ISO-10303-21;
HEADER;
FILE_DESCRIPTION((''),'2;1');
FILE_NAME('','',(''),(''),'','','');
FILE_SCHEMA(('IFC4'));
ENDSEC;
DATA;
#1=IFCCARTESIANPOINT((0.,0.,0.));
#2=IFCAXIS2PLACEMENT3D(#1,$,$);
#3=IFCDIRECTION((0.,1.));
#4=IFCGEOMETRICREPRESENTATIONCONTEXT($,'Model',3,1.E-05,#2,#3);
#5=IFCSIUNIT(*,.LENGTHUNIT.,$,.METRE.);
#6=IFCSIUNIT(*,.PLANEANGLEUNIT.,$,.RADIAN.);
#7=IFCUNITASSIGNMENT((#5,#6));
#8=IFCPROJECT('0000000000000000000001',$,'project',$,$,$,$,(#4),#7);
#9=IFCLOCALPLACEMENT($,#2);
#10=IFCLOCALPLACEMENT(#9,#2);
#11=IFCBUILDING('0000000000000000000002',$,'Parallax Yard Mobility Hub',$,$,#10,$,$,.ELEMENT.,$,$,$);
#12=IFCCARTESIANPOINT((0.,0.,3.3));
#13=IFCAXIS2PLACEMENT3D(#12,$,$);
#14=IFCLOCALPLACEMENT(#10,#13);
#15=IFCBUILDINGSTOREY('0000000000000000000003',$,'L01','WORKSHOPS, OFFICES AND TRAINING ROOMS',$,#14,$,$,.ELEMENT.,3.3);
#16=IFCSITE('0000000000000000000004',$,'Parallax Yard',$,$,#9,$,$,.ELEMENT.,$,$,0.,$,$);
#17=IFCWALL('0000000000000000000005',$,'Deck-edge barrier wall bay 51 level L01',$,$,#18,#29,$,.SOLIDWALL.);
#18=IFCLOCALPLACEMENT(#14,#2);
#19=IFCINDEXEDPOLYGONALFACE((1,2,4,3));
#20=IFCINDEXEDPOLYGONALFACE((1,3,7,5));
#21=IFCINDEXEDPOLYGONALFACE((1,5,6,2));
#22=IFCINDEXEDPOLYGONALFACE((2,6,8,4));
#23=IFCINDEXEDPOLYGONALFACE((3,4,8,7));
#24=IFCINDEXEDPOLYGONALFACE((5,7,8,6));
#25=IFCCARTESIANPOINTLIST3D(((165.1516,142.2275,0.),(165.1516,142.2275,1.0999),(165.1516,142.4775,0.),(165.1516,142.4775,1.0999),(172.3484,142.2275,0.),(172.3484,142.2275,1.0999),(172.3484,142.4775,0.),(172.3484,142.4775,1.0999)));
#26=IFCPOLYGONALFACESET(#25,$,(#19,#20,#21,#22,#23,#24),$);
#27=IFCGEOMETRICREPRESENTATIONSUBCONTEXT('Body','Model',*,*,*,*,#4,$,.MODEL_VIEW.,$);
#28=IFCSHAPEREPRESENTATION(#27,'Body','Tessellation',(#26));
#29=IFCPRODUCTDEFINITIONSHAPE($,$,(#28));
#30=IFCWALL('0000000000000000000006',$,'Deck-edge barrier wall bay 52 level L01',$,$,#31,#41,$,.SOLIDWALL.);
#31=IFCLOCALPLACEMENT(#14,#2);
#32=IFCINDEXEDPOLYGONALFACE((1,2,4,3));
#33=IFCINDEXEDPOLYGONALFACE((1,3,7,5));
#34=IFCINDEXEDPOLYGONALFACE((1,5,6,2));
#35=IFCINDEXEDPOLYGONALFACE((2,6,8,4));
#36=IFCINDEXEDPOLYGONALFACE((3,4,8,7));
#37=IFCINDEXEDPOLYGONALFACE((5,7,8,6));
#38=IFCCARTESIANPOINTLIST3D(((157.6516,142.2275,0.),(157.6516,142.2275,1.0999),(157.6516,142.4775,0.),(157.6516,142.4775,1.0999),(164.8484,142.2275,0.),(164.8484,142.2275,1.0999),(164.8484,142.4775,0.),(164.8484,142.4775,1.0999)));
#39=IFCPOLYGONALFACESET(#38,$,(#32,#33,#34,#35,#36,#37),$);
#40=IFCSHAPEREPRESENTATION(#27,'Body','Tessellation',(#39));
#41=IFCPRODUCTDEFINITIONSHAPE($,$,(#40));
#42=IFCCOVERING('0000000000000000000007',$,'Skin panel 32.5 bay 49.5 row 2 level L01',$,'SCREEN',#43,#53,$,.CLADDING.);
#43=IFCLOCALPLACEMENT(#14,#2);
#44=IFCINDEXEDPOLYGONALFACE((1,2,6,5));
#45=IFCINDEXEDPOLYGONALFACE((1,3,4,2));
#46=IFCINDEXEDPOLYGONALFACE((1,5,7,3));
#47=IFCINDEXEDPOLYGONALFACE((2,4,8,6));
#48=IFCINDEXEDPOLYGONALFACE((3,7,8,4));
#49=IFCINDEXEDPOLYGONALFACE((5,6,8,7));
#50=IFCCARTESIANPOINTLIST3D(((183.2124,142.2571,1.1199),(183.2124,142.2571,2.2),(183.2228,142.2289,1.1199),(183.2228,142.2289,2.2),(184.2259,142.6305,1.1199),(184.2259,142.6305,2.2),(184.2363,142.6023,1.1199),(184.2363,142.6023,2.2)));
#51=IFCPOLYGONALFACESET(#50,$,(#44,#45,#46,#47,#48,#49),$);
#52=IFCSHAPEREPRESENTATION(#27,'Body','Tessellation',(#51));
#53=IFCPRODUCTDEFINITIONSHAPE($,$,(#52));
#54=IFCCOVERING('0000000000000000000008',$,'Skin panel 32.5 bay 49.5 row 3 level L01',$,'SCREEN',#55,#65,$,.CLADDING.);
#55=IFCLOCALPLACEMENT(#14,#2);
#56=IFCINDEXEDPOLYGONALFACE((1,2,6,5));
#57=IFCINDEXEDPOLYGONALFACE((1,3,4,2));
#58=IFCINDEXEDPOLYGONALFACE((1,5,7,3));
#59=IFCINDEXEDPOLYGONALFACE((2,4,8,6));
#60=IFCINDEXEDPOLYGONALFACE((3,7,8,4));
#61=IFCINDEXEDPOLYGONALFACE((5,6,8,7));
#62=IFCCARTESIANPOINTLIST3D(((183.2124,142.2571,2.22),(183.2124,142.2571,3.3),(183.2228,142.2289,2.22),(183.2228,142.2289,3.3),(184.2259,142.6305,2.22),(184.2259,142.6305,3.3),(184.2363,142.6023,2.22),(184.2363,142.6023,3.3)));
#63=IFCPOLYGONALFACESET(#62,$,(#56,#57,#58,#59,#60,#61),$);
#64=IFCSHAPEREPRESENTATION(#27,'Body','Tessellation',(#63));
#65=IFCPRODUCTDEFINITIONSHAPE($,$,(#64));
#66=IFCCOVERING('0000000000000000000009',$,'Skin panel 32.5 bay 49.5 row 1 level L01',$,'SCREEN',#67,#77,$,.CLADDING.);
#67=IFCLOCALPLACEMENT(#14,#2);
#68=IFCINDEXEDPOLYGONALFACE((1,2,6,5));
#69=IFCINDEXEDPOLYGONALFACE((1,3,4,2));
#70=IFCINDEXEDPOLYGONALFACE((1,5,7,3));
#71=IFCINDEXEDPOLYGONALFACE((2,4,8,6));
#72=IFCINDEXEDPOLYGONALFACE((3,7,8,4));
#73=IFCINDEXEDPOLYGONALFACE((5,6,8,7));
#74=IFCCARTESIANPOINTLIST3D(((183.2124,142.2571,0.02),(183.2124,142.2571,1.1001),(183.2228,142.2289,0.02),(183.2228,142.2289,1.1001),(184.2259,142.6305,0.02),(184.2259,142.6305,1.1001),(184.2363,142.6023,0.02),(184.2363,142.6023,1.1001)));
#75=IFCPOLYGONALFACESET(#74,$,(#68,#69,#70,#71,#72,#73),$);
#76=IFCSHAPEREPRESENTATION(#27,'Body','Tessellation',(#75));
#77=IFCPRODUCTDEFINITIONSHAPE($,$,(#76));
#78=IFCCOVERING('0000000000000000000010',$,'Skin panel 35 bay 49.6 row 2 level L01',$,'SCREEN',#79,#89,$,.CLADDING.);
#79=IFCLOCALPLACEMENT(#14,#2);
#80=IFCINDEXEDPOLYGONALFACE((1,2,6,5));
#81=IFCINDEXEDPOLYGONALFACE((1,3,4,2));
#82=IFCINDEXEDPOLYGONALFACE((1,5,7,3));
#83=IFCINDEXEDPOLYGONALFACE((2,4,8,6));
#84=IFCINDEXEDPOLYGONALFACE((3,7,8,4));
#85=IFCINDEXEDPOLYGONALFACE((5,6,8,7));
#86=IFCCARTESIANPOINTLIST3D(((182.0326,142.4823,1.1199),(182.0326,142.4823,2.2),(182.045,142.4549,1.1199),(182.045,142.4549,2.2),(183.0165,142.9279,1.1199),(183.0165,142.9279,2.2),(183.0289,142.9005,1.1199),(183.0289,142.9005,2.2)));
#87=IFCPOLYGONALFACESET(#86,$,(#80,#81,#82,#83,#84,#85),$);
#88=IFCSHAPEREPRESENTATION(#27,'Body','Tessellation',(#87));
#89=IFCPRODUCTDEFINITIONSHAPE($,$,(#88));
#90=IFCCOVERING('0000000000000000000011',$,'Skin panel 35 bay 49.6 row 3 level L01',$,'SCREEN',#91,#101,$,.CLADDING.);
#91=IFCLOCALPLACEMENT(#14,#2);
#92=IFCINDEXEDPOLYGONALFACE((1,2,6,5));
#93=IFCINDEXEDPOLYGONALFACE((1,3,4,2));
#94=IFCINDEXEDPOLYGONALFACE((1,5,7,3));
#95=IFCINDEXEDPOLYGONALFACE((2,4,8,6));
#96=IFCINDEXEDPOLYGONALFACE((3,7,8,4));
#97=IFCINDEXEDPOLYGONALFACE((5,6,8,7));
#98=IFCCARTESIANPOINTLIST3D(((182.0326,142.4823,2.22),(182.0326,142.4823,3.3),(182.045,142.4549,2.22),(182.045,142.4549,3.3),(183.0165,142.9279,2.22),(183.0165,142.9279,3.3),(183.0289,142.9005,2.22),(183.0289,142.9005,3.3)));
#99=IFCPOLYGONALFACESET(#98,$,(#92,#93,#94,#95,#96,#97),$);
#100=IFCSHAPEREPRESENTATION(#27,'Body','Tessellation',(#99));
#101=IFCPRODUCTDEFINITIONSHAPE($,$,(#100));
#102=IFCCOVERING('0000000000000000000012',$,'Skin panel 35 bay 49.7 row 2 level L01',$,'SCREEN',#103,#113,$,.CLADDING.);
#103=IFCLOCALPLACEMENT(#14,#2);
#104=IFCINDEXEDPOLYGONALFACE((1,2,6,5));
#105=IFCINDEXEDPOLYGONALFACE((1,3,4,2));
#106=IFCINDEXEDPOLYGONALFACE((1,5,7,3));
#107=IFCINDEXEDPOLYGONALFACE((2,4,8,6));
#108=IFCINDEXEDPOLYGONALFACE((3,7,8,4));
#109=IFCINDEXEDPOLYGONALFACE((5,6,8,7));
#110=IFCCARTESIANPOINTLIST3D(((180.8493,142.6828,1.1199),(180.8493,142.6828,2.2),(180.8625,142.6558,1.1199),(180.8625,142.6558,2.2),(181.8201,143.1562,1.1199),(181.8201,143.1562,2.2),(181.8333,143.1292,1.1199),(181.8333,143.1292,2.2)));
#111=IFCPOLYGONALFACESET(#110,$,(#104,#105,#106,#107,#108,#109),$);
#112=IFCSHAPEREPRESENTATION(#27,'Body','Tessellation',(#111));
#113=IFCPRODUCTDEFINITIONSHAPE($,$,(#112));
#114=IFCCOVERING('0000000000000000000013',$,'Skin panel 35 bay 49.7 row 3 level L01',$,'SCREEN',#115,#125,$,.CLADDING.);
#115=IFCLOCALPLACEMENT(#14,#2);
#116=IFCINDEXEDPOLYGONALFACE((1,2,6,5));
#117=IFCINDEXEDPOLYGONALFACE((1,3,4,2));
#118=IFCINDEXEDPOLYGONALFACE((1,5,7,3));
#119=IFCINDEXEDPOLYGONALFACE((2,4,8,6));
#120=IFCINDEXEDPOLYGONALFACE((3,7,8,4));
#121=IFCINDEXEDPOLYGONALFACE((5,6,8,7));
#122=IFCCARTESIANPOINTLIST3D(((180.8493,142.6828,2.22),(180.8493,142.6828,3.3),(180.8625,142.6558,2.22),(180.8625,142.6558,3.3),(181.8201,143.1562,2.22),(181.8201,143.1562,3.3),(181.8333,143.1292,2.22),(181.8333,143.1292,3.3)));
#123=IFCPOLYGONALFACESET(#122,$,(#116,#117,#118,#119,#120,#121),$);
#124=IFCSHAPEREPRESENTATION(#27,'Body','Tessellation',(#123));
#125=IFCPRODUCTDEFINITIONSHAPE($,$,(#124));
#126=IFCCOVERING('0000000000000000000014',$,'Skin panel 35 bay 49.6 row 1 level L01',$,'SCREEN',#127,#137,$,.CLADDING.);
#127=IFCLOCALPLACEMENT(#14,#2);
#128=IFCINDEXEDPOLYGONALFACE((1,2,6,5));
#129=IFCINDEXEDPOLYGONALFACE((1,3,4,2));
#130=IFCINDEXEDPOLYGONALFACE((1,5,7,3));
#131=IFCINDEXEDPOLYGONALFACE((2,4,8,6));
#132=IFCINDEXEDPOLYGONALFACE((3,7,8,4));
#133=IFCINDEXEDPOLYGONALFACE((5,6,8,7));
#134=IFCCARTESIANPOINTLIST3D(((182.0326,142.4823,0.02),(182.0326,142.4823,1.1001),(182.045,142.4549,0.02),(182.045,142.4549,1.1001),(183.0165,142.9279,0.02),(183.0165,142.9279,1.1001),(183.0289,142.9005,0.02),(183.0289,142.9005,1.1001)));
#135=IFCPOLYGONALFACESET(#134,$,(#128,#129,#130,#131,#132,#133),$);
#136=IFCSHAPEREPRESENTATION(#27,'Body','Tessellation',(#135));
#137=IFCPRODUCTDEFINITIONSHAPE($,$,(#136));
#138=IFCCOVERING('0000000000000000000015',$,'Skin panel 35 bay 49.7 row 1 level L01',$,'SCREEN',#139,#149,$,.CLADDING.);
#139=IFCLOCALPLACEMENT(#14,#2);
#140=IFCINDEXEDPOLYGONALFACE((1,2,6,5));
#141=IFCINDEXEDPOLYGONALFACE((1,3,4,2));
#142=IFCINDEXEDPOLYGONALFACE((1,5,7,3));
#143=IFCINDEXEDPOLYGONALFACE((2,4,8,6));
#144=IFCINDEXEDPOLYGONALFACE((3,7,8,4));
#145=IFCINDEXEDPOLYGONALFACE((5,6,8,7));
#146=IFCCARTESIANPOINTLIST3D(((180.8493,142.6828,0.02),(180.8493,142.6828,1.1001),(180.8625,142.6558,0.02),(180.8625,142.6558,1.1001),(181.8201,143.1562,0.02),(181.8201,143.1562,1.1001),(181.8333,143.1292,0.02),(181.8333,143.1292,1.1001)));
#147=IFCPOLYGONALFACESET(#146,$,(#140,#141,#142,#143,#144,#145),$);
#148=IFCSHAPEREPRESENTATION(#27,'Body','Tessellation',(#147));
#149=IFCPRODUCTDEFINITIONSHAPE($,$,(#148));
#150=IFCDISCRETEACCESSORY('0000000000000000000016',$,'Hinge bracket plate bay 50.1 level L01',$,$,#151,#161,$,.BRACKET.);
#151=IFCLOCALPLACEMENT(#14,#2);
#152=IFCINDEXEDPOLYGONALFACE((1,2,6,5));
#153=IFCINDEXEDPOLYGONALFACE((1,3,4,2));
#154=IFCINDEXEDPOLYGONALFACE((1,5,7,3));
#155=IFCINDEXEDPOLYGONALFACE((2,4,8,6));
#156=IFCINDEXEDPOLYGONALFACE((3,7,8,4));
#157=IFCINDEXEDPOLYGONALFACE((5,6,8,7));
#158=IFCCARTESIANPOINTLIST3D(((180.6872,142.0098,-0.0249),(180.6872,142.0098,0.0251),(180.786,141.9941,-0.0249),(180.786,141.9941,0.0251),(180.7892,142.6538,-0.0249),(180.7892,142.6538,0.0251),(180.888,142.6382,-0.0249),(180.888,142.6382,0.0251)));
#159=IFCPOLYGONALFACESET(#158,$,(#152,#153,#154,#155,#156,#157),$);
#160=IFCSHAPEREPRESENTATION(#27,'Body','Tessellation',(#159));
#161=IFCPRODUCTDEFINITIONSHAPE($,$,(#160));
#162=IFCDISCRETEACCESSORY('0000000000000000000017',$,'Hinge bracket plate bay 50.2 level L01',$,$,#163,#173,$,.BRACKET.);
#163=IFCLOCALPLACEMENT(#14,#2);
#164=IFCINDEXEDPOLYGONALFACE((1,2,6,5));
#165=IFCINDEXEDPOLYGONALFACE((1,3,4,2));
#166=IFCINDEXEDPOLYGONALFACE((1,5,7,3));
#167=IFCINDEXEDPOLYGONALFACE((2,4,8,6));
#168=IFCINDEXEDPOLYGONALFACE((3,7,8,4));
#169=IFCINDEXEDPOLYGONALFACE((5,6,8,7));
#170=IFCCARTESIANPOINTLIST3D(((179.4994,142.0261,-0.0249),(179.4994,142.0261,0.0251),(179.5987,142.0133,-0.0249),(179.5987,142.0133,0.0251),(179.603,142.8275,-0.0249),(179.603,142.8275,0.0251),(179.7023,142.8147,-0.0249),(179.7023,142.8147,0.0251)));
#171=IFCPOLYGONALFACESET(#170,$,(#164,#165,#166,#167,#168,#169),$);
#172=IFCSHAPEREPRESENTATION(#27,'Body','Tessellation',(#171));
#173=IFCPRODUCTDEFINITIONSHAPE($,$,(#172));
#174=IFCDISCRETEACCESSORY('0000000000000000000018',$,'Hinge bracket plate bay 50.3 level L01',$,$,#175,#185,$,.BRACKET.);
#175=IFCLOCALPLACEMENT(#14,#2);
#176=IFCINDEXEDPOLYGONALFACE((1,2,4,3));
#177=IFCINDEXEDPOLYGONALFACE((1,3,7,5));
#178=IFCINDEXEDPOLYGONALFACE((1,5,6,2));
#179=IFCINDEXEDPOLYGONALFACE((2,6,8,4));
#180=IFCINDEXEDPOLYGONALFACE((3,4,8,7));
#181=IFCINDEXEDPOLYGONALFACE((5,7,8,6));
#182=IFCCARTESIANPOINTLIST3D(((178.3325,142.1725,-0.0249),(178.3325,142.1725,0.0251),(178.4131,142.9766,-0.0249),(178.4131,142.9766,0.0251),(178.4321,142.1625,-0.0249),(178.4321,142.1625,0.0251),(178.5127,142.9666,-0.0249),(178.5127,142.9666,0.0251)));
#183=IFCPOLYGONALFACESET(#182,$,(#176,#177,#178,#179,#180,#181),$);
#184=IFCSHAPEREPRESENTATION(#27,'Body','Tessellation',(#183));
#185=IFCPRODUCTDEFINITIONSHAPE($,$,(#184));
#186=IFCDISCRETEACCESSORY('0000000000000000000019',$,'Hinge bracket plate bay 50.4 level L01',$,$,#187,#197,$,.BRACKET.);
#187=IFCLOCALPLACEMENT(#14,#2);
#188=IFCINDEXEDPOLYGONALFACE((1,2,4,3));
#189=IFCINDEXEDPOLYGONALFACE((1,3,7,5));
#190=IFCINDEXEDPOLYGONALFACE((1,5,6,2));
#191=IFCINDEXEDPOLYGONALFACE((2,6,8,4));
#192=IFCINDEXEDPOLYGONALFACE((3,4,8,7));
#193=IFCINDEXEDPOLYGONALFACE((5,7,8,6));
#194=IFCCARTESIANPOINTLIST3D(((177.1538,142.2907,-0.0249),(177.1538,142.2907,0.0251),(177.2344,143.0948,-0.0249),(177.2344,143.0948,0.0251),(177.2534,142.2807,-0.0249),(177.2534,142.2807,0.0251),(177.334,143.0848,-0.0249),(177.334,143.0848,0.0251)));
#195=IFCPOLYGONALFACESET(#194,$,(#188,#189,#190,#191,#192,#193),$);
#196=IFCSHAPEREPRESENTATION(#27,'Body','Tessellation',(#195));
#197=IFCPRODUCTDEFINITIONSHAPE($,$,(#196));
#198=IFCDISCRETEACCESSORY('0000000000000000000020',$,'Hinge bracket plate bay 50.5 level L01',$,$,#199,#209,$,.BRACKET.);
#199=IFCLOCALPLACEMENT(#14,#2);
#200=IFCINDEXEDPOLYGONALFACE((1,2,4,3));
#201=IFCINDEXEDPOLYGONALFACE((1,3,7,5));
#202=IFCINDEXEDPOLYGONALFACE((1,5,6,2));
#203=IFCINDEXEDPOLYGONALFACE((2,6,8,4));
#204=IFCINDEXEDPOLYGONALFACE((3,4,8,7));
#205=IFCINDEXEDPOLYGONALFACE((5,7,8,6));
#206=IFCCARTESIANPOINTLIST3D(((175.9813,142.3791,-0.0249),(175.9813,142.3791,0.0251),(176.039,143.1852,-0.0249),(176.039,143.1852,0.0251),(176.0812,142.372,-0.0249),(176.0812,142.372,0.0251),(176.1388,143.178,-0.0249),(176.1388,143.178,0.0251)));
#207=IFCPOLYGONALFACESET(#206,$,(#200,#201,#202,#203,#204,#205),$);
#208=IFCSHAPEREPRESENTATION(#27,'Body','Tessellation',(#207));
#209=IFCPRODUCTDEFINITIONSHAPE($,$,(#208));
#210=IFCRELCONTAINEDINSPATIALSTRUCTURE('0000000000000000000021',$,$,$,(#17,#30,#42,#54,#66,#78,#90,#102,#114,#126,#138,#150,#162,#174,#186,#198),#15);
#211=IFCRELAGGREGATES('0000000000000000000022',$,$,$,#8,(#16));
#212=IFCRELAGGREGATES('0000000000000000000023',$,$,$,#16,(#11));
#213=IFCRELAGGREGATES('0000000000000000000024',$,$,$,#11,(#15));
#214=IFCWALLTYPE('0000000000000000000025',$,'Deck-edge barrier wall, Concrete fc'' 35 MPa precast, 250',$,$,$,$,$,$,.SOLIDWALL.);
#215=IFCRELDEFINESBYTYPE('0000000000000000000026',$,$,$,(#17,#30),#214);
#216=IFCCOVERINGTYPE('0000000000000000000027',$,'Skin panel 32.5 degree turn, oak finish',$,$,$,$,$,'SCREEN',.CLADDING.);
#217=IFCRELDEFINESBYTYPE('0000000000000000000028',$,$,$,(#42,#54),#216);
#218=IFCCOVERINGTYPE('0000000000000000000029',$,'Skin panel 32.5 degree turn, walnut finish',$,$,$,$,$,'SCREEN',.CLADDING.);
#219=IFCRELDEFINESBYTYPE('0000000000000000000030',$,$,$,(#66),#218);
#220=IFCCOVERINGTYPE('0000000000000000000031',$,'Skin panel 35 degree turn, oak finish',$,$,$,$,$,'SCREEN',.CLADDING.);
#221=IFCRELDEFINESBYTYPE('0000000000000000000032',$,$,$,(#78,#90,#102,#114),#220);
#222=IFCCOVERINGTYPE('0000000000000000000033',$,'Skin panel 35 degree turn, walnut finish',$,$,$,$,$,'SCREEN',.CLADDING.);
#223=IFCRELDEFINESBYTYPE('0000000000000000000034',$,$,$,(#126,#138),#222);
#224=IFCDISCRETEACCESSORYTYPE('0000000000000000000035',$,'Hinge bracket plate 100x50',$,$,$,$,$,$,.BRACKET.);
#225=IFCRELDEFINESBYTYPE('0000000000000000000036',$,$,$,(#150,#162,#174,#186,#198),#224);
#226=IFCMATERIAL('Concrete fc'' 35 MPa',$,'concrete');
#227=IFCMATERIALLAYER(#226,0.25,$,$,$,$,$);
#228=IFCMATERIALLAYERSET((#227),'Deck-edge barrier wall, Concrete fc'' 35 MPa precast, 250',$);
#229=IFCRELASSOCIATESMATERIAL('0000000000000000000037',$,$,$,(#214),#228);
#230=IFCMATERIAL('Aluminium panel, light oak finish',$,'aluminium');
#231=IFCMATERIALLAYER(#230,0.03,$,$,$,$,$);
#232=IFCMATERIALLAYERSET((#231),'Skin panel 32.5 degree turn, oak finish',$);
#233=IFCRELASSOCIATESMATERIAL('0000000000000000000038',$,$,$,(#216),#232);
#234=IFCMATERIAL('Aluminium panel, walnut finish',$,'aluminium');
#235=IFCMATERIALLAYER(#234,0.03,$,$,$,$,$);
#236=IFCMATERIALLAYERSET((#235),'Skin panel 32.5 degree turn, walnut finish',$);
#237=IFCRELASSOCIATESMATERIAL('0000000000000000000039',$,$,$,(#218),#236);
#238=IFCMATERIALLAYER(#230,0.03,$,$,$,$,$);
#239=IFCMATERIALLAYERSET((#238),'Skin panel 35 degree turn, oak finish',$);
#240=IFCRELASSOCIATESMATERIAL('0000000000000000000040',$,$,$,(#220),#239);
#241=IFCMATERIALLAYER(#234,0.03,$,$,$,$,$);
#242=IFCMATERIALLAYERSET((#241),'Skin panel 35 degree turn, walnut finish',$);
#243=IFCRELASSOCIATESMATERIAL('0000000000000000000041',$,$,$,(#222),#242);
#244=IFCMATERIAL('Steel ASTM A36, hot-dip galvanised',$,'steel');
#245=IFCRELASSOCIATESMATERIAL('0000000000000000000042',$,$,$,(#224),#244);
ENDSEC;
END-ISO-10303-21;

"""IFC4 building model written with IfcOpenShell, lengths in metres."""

from ifc_helpers import new_model, si_unit, direction, frame, frame_2d, origin, origin_2d, place, context, subcontext, project, spatial, rectangle, extrude, material, layer, layer_set, type_object, element, save


model = new_model("IFC4")

# Units and contexts
model_context = context("Model", 3, precision=1e-05, world=origin(), true_north=direction((0.0, 1.0)))
body_context = subcontext(model_context, "Body", "Model", "MODEL_VIEW")
ifc_project = project(units=[si_unit("LENGTHUNIT", "METRE"), si_unit("PLANEANGLEUNIT", "RADIAN")], contexts=[model_context])

# Site, building, storey
site_placement = place(None, origin())
site = spatial("IfcSite", under=ifc_project, at=site_placement, Name="Parallax Yard", CompositionType="ELEMENT", RefElevation=0.0)
building_placement = place(site_placement, origin())
building = spatial("IfcBuilding", under=site, at=building_placement, Name="Parallax Yard Mobility Hub", CompositionType="ELEMENT")
storey_placement = place(building_placement, frame((0.0, 0.0, 3.3)))
storey = spatial("IfcBuildingStorey", under=building, at=storey_placement, Name="L01", Description="WORKSHOPS, OFFICES AND TRAINING ROOMS", CompositionType="ELEMENT", Elevation=3.3)

# Walls
ifc_material_1 = material(Name="Concrete fc' 35 MPa", Category="concrete")
ifc_layer_1 = layer(ifc_material_1, 0.25)
ifc_layer_set_1 = layer_set([ifc_layer_1], Name="Deck-edge barrier wall, Concrete fc' 35 MPa precast, 250")
wall_type = type_object("IfcWallType", Name="Deck-edge barrier wall, Concrete fc' 35 MPa precast, 250", PredefinedType="SOLIDWALL", material=ifc_layer_set_1)
for number, where, z_axis, x_axis, name in (
    (1, (172.3484, 142.3525, 0.0), (0.0, 0.0, 1.0), (-1.0, 0.0, 0.0), "Deck-edge barrier wall bay 51 level L01"),
    (2, (164.8484, 142.3525, 0.0), (0.0, 0.0, 1.0), (-1.0, 0.0, 0.0), "Deck-edge barrier wall bay 52 level L01"),
):
    element("IfcWall", number, at=place(storey_placement, frame(where, z_axis=z_axis, x_axis=x_axis)), inside=storey, type_object=wall_type, Name=name, PredefinedType="SOLIDWALL", context=body_context, shape_type="SweptSolid", body=[
        extrude(rectangle(XDim=7.1968, YDim=0.25, at=frame_2d((3.5984, 0.0))), origin(), (0.0, 0.0, 1.0), 1.0999),
    ])

# Coverings
ifc_material_2 = material(Name="Aluminium panel, light oak finish", Category="aluminium")
ifc_layer_2 = layer(ifc_material_2, 0.03)
ifc_layer_set_2 = layer_set([ifc_layer_2], Name="Skin panel 32.5 degree turn, oak finish")
covering_type_1 = type_object("IfcCoveringType", Name="Skin panel 32.5 degree turn, oak finish", ElementType="SCREEN", PredefinedType="CLADDING", material=ifc_layer_set_2)
for number, where, z_axis, x_axis, name in (
    (3, (183.7244, 142.4297, 1.1199), (0.0, 0.0, 1.0), (0.938328, 0.345745, 0.0), "Skin panel 32.5 bay 49.5 row 2 level L01"),
    (4, (183.7244, 142.4297, 2.22), (0.0, 0.0, 1.0), (0.938328, 0.345745, 0.0), "Skin panel 32.5 bay 49.5 row 3 level L01"),
):
    element("IfcCovering", number, at=place(storey_placement, frame(where, z_axis=z_axis, x_axis=x_axis)), inside=storey, type_object=covering_type_1, Name=name, ObjectType="SCREEN", PredefinedType="CLADDING", context=body_context, shape_type="SweptSolid", body=[
        extrude(rectangle(XDim=1.0801, YDim=0.03, at=origin_2d()), origin(), (0.0, 0.0, 1.0), 1.0801),
    ])
ifc_material_3 = material(Name="Aluminium panel, walnut finish", Category="aluminium")
ifc_layer_3 = layer(ifc_material_3, 0.03)
ifc_layer_set_3 = layer_set([ifc_layer_3], Name="Skin panel 32.5 degree turn, walnut finish")
covering_type_2 = type_object("IfcCoveringType", Name="Skin panel 32.5 degree turn, walnut finish", ElementType="SCREEN", PredefinedType="CLADDING", material=ifc_layer_set_3)
covering_placement = place(storey_placement, frame((183.7244, 142.4297, 0.02), z_axis=(0.0, 0.0, 1.0), x_axis=(0.938328, 0.345745, 0.0)))
element("IfcCovering", 5, at=covering_placement, inside=storey, type_object=covering_type_2, Name="Skin panel 32.5 bay 49.5 row 1 level L01", ObjectType="SCREEN", PredefinedType="CLADDING", context=body_context, shape_type="SweptSolid", body=[
    extrude(rectangle(XDim=1.0801, YDim=0.03, at=origin_2d()), origin(), (0.0, 0.0, 1.0), 1.0801),
])
ifc_layer_4 = layer(ifc_material_2, 0.03)
ifc_layer_set_4 = layer_set([ifc_layer_4], Name="Skin panel 35 degree turn, oak finish")
covering_type_3 = type_object("IfcCoveringType", Name="Skin panel 35 degree turn, oak finish", ElementType="SCREEN", PredefinedType="CLADDING", material=ifc_layer_set_4)
for number, where, z_axis, x_axis, name in (
    (6, (182.5308, 142.6914, 1.1199), (0.0, 0.0, 1.0), (0.910946, 0.412526, 0.0), "Skin panel 35 bay 49.6 row 2 level L01"),
    (7, (182.5308, 142.6914, 2.22), (0.0, 0.0, 1.0), (0.910946, 0.412526, 0.0), "Skin panel 35 bay 49.6 row 3 level L01"),
    (8, (181.3413, 142.906, 1.1199), (0.0, 0.0, 1.0), (0.898794, 0.438371, 0.0), "Skin panel 35 bay 49.7 row 2 level L01"),
    (9, (181.3413, 142.906, 2.22), (0.0, 0.0, 1.0), (0.898794, 0.438371, 0.0), "Skin panel 35 bay 49.7 row 3 level L01"),
):
    element("IfcCovering", number, at=place(storey_placement, frame(where, z_axis=z_axis, x_axis=x_axis)), inside=storey, type_object=covering_type_3, Name=name, ObjectType="SCREEN", PredefinedType="CLADDING", context=body_context, shape_type="SweptSolid", body=[
        extrude(rectangle(XDim=1.0801, YDim=0.03, at=origin_2d()), origin(), (0.0, 0.0, 1.0), 1.0801),
    ])
ifc_layer_5 = layer(ifc_material_3, 0.03)
ifc_layer_set_5 = layer_set([ifc_layer_5], Name="Skin panel 35 degree turn, walnut finish")
covering_type_4 = type_object("IfcCoveringType", Name="Skin panel 35 degree turn, walnut finish", ElementType="SCREEN", PredefinedType="CLADDING", material=ifc_layer_set_5)
for number, where, z_axis, x_axis, name in (
    (10, (182.5308, 142.6914, 0.02), (0.0, 0.0, 1.0), (0.910946, 0.412526, 0.0), "Skin panel 35 bay 49.6 row 1 level L01"),
    (11, (181.3413, 142.906, 0.02), (0.0, 0.0, 1.0), (0.898794, 0.438371, 0.0), "Skin panel 35 bay 49.7 row 1 level L01"),
):
    element("IfcCovering", number, at=place(storey_placement, frame(where, z_axis=z_axis, x_axis=x_axis)), inside=storey, type_object=covering_type_4, Name=name, ObjectType="SCREEN", PredefinedType="CLADDING", context=body_context, shape_type="SweptSolid", body=[
        extrude(rectangle(XDim=1.0801, YDim=0.03, at=origin_2d()), origin(), (0.0, 0.0, 1.0), 1.0801),
    ])

# Discrete accessories
ifc_material_4 = material(Name="Steel ASTM A36, hot-dip galvanised", Category="steel")
discrete_accessory_type_1 = type_object("IfcDiscreteAccessoryType", Name="Hinge bracket plate 100x50", PredefinedType="BRACKET", material=ifc_material_4)
discrete_accessory_1_placement = place(storey_placement, frame((180.7876, 142.324, -0.0249), z_axis=(0.0, 0.0, 1.0), x_axis=(0.156434, 0.987688, 0.0)))
element("IfcDiscreteAccessory", 12, at=discrete_accessory_1_placement, inside=storey, type_object=discrete_accessory_type_1, Name="Hinge bracket plate bay 50.1 level L01", PredefinedType="BRACKET", context=body_context, shape_type="SweptSolid", body=[
    extrude(rectangle(XDim=0.6521, YDim=0.1001, at=origin_2d()), origin(), (0.0, 0.0, 1.0), 0.05),
])
for number, where, z_axis, x_axis, name in (
    (13, (179.6008, 142.4204, -0.0249), (0.0, 0.0, 1.0), (0.128166, 0.991753, 0.0), "Hinge bracket plate bay 50.2 level L01"),
    (14, (178.4226, 142.5696, -0.0249), (0.0, 0.0, 1.0), (0.099794, 0.995008, 0.0), "Hinge bracket plate bay 50.3 level L01"),
    (15, (177.2439, 142.6877, -0.0249), (0.0, 0.0, 1.0), (0.099794, 0.995008, 0.0), "Hinge bracket plate bay 50.4 level L01"),
    (16, (176.0601, 142.7786, -0.0249), (0.0, 0.0, 1.0), (0.071339, 0.997452, 0.0), "Hinge bracket plate bay 50.5 level L01"),
):
    element("IfcDiscreteAccessory", number, at=place(storey_placement, frame(where, z_axis=z_axis, x_axis=x_axis)), inside=storey, type_object=discrete_accessory_type_1, Name=name, PredefinedType="BRACKET", context=body_context, shape_type="SweptSolid", body=[
        extrude(rectangle(XDim=0.8081, YDim=0.1001, at=origin_2d()), origin(), (0.0, 0.0, 1.0), 0.05),
    ])

save(model, "model.ifc")
